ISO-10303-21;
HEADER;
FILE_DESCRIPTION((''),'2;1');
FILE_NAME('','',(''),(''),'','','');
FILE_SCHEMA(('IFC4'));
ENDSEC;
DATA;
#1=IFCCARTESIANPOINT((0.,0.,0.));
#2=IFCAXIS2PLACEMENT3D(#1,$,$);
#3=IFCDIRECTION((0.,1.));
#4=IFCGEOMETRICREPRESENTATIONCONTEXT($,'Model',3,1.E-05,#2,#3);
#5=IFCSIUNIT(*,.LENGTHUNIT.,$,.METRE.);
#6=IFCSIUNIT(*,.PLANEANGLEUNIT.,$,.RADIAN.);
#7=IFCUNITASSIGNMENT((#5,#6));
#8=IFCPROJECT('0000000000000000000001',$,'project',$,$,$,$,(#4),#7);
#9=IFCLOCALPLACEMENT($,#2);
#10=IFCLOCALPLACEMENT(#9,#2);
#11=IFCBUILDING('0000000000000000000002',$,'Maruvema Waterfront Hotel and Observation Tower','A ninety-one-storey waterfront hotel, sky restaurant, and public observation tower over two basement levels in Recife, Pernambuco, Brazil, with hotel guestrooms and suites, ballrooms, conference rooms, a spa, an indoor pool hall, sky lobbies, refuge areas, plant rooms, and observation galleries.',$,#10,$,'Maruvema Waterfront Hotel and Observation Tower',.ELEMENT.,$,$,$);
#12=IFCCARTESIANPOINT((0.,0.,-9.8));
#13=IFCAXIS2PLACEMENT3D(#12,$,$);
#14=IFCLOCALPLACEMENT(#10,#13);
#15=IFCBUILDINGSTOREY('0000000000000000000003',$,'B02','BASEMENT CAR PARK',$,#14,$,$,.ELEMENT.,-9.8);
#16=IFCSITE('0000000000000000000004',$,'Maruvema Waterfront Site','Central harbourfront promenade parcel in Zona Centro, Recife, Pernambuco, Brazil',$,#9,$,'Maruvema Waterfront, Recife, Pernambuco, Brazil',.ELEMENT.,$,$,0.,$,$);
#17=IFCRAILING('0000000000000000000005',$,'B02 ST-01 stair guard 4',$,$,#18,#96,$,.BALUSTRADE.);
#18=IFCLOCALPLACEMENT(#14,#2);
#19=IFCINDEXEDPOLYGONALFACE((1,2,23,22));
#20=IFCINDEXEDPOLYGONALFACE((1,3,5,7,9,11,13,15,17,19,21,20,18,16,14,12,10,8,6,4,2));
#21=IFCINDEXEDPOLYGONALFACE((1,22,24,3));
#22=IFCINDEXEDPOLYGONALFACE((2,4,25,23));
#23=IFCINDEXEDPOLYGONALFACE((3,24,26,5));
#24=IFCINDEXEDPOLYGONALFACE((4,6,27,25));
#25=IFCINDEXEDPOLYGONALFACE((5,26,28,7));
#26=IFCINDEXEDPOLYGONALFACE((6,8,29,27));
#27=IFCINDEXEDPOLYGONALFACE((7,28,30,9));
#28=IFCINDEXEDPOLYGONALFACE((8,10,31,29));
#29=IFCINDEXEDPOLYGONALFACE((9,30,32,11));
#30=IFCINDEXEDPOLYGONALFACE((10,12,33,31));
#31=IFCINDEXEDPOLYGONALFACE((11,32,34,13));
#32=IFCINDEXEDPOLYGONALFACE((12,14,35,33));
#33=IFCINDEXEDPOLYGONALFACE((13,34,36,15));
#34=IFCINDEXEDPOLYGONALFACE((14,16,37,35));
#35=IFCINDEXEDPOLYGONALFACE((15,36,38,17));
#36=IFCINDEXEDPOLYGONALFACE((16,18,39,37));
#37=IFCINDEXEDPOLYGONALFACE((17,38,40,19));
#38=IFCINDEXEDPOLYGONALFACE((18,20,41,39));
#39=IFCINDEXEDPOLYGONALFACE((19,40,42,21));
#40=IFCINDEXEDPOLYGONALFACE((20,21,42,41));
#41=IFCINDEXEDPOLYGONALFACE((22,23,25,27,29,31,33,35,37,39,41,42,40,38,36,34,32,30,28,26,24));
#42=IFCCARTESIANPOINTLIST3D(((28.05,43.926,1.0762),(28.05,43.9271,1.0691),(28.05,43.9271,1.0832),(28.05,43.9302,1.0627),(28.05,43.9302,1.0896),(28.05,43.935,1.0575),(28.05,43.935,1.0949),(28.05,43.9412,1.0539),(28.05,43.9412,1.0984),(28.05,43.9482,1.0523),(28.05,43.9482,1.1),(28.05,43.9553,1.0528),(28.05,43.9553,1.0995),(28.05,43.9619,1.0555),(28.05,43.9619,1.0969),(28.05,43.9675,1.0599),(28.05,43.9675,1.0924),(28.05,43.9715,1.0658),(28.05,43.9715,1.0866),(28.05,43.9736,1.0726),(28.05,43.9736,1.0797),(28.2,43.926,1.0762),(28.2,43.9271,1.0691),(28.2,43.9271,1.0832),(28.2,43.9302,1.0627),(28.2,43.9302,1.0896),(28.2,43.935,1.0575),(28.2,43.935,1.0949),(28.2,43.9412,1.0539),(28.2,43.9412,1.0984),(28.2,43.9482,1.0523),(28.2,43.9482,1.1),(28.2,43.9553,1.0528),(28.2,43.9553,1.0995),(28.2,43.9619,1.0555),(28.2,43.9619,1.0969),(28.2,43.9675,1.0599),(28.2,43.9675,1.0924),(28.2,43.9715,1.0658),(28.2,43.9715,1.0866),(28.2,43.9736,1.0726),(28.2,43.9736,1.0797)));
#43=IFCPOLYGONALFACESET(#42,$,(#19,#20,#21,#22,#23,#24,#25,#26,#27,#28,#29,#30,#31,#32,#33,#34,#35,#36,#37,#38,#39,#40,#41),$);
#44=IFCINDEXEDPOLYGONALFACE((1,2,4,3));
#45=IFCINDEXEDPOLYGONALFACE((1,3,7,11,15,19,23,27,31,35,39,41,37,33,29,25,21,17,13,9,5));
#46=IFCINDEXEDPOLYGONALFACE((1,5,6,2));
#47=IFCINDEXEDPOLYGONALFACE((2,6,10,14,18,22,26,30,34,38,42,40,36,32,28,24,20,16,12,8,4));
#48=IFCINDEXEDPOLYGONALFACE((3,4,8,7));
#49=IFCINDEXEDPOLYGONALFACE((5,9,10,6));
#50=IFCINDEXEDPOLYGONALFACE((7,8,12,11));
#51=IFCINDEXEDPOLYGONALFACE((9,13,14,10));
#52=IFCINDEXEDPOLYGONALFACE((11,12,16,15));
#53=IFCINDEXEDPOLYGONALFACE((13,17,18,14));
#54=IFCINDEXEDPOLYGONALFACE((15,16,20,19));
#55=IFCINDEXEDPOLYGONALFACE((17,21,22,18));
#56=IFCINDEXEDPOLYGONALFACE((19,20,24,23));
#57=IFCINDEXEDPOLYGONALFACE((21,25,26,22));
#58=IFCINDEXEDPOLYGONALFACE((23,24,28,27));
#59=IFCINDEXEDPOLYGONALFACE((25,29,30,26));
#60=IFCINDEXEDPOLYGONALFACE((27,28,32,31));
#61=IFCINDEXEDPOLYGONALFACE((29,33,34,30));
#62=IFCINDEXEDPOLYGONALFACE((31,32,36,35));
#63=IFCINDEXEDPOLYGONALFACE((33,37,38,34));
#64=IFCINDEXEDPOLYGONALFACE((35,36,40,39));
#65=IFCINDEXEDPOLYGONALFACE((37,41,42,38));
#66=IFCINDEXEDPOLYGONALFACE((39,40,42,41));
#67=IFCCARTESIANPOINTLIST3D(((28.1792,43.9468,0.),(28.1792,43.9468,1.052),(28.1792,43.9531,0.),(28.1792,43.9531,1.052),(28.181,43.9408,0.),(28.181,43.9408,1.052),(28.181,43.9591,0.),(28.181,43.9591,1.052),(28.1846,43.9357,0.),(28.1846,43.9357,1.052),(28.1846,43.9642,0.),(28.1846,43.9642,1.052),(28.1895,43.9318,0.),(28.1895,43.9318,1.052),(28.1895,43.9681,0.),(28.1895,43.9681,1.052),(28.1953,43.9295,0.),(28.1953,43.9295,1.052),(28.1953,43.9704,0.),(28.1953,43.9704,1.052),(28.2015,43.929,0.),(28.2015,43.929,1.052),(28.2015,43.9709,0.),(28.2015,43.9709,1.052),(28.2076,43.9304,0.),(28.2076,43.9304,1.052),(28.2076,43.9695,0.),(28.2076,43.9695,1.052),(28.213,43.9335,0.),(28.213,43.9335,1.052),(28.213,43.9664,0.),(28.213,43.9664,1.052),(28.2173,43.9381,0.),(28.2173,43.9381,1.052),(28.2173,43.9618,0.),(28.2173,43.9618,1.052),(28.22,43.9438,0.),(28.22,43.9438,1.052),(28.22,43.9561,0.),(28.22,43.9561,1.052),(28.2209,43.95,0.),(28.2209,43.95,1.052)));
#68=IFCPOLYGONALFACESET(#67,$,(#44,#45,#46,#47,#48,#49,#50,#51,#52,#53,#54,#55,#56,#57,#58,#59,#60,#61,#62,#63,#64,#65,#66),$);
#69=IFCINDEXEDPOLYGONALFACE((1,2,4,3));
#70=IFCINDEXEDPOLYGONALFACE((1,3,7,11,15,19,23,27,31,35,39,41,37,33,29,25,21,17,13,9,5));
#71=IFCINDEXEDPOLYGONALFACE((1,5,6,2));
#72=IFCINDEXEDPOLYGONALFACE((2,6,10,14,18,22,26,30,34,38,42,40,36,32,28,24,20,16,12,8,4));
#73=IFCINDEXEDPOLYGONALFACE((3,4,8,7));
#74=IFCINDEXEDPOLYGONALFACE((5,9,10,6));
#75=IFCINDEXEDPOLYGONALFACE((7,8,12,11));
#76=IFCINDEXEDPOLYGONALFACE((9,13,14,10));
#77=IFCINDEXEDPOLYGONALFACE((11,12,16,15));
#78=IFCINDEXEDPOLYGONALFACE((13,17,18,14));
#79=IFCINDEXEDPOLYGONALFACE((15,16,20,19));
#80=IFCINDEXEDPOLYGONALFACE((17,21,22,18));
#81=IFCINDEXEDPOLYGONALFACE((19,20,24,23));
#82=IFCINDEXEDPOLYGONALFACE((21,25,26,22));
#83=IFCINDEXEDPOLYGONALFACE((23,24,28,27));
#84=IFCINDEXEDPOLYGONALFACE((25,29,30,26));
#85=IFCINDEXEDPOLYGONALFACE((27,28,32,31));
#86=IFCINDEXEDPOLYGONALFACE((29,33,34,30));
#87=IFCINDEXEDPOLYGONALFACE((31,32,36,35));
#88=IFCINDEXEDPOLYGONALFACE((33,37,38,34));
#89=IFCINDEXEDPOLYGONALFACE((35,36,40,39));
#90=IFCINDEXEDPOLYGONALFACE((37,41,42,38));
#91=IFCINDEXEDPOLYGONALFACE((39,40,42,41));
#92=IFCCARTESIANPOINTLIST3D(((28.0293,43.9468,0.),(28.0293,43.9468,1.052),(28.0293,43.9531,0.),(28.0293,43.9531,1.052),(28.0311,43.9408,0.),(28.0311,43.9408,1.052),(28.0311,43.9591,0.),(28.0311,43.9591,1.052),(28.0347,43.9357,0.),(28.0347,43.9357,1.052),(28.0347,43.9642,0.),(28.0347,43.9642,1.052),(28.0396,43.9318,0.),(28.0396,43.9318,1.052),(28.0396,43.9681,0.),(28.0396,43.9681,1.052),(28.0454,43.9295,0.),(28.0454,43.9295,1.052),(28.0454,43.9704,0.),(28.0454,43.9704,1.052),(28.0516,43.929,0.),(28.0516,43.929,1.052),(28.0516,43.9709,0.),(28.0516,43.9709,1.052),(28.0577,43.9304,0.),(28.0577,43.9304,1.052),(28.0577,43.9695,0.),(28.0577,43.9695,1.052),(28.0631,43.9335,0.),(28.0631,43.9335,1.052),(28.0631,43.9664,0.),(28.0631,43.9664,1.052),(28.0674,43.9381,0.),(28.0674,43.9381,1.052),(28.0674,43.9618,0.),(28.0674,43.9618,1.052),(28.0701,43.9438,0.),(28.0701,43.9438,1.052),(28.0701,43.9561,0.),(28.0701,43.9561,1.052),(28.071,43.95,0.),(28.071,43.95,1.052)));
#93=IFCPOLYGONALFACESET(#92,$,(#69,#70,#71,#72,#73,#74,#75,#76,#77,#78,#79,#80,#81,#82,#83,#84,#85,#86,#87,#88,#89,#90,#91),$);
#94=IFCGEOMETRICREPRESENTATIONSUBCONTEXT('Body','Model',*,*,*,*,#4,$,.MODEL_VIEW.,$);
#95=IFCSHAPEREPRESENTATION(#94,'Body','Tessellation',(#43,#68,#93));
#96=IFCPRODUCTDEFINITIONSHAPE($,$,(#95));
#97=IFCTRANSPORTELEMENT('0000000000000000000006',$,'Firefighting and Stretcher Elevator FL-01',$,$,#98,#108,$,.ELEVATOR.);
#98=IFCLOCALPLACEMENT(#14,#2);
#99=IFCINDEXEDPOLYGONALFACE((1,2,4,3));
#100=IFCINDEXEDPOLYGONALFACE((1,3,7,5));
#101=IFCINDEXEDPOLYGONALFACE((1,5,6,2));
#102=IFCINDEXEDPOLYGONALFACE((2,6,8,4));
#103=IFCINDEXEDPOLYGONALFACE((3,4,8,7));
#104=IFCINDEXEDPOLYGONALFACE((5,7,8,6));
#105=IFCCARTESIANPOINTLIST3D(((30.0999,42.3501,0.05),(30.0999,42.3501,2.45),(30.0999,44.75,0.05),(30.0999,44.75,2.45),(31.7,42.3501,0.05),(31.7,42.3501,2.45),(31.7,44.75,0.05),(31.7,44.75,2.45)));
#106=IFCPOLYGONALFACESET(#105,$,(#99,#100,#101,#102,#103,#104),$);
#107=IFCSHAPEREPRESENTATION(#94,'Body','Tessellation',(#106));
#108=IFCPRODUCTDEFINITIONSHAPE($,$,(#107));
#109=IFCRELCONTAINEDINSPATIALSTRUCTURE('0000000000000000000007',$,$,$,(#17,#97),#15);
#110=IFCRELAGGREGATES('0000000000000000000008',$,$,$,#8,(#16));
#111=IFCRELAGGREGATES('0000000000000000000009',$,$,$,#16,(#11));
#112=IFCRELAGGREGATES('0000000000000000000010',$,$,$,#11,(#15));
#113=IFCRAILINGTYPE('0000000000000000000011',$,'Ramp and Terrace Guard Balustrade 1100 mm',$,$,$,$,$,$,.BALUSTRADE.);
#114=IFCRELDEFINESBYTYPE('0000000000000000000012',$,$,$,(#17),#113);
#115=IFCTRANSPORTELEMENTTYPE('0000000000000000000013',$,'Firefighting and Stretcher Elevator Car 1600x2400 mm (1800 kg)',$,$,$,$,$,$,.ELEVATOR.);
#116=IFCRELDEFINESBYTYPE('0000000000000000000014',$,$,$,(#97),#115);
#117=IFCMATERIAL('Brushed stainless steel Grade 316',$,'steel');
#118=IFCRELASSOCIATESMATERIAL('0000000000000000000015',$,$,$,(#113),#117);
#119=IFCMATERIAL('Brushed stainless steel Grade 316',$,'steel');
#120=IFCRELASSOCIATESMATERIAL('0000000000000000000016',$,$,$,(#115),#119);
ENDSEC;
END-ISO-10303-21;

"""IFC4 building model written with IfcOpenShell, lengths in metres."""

from ifc_helpers import new_model, si_unit, direction, frame, origin, origin_2d, place, context, subcontext, project, spatial, rectangle, circle, extrude, material, type_object, element, save


model = new_model("IFC4")

# Units and contexts
model_context = context("Model", 3, precision=1e-05, world=origin(), true_north=direction((0.0, 1.0)))
body_context = subcontext(model_context, "Body", "Model", "MODEL_VIEW")
ifc_project = project(units=[si_unit("LENGTHUNIT", "METRE"), si_unit("PLANEANGLEUNIT", "RADIAN")], contexts=[model_context])

# Site, building, storey
site_placement = place(None, origin())
site = spatial("IfcSite", under=ifc_project, at=site_placement, Name="Maruvema Waterfront Site", Description="Central harbourfront promenade parcel in Zona Centro, Recife, Pernambuco, Brazil", LongName="Maruvema Waterfront, Recife, Pernambuco, Brazil", CompositionType="ELEMENT", RefElevation=0.0)
building_placement = place(site_placement, origin())
building = spatial("IfcBuilding", under=site, at=building_placement, Name="Maruvema Waterfront Hotel and Observation Tower", Description="A ninety-one-storey waterfront hotel, sky restaurant, and public observation tower over two basement levels in Recife, Pernambuco, Brazil, with hotel guestrooms and suites, ballrooms, conference rooms, a spa, an indoor pool hall, sky lobbies, refuge areas, plant rooms, and observation galleries.", LongName="Maruvema Waterfront Hotel and Observation Tower", CompositionType="ELEMENT")
storey_placement = place(building_placement, frame((0.0, 0.0, -9.8)))
storey = spatial("IfcBuildingStorey", under=building, at=storey_placement, Name="B02", Description="BASEMENT CAR PARK", CompositionType="ELEMENT", Elevation=-9.8)

# Railing
ifc_material_1 = material(Name="Brushed stainless steel Grade 316", Category="steel")
railing_type_1 = type_object("IfcRailingType", Name="Ramp and Terrace Guard Balustrade 1100 mm", PredefinedType="BALUSTRADE", material=ifc_material_1)
railing_1_placement = place(storey_placement, frame((28.2, 43.95, 0.0)))
element("IfcRailing", 1, at=railing_1_placement, inside=storey, type_object=railing_type_1, Name="B02 ST-01 stair guard 4", PredefinedType="BALUSTRADE", context=body_context, shape_type="SweptSolid", body=[
    extrude(circle(Radius=0.0239, at=origin_2d()), frame((0.0, 0.0, 1.0762), z_axis=(-1.0, 0.0, 0.0), x_axis=(0.0, -1.0, 0.0)), (0.0, 0.0, 1.0), 0.1499),
    extrude(circle(Radius=0.021, at=origin_2d()), origin(), (0.0, 0.0, 1.0), 1.052),
    extrude(circle(Radius=0.021, at=origin_2d()), frame((-0.1499, 0.0, 0.0)), (0.0, 0.0, 1.0), 1.052),
])

# Transport element
ifc_material_2 = material(Name="Brushed stainless steel Grade 316", Category="steel")
transport_element_type = type_object("IfcTransportElementType", Name="Firefighting and Stretcher Elevator Car 1600x2400 mm (1800 kg)", PredefinedType="ELEVATOR", material=ifc_material_2)
transport_element_placement = place(storey_placement, frame((30.8999, 43.55, 0.05), z_axis=(0.0, 0.0, 1.0), x_axis=(1.0, 0.0, 0.0)))
element("IfcTransportElement", 2, at=transport_element_placement, inside=storey, type_object=transport_element_type, Name="Firefighting and Stretcher Elevator FL-01", PredefinedType="ELEVATOR", context=body_context, shape_type="SweptSolid", body=[
    extrude(rectangle(XDim=1.6001, YDim=2.3999, at=origin_2d()), origin(), (0.0, 0.0, 1.0), 2.3999),
])

save(model, "model.ifc")
